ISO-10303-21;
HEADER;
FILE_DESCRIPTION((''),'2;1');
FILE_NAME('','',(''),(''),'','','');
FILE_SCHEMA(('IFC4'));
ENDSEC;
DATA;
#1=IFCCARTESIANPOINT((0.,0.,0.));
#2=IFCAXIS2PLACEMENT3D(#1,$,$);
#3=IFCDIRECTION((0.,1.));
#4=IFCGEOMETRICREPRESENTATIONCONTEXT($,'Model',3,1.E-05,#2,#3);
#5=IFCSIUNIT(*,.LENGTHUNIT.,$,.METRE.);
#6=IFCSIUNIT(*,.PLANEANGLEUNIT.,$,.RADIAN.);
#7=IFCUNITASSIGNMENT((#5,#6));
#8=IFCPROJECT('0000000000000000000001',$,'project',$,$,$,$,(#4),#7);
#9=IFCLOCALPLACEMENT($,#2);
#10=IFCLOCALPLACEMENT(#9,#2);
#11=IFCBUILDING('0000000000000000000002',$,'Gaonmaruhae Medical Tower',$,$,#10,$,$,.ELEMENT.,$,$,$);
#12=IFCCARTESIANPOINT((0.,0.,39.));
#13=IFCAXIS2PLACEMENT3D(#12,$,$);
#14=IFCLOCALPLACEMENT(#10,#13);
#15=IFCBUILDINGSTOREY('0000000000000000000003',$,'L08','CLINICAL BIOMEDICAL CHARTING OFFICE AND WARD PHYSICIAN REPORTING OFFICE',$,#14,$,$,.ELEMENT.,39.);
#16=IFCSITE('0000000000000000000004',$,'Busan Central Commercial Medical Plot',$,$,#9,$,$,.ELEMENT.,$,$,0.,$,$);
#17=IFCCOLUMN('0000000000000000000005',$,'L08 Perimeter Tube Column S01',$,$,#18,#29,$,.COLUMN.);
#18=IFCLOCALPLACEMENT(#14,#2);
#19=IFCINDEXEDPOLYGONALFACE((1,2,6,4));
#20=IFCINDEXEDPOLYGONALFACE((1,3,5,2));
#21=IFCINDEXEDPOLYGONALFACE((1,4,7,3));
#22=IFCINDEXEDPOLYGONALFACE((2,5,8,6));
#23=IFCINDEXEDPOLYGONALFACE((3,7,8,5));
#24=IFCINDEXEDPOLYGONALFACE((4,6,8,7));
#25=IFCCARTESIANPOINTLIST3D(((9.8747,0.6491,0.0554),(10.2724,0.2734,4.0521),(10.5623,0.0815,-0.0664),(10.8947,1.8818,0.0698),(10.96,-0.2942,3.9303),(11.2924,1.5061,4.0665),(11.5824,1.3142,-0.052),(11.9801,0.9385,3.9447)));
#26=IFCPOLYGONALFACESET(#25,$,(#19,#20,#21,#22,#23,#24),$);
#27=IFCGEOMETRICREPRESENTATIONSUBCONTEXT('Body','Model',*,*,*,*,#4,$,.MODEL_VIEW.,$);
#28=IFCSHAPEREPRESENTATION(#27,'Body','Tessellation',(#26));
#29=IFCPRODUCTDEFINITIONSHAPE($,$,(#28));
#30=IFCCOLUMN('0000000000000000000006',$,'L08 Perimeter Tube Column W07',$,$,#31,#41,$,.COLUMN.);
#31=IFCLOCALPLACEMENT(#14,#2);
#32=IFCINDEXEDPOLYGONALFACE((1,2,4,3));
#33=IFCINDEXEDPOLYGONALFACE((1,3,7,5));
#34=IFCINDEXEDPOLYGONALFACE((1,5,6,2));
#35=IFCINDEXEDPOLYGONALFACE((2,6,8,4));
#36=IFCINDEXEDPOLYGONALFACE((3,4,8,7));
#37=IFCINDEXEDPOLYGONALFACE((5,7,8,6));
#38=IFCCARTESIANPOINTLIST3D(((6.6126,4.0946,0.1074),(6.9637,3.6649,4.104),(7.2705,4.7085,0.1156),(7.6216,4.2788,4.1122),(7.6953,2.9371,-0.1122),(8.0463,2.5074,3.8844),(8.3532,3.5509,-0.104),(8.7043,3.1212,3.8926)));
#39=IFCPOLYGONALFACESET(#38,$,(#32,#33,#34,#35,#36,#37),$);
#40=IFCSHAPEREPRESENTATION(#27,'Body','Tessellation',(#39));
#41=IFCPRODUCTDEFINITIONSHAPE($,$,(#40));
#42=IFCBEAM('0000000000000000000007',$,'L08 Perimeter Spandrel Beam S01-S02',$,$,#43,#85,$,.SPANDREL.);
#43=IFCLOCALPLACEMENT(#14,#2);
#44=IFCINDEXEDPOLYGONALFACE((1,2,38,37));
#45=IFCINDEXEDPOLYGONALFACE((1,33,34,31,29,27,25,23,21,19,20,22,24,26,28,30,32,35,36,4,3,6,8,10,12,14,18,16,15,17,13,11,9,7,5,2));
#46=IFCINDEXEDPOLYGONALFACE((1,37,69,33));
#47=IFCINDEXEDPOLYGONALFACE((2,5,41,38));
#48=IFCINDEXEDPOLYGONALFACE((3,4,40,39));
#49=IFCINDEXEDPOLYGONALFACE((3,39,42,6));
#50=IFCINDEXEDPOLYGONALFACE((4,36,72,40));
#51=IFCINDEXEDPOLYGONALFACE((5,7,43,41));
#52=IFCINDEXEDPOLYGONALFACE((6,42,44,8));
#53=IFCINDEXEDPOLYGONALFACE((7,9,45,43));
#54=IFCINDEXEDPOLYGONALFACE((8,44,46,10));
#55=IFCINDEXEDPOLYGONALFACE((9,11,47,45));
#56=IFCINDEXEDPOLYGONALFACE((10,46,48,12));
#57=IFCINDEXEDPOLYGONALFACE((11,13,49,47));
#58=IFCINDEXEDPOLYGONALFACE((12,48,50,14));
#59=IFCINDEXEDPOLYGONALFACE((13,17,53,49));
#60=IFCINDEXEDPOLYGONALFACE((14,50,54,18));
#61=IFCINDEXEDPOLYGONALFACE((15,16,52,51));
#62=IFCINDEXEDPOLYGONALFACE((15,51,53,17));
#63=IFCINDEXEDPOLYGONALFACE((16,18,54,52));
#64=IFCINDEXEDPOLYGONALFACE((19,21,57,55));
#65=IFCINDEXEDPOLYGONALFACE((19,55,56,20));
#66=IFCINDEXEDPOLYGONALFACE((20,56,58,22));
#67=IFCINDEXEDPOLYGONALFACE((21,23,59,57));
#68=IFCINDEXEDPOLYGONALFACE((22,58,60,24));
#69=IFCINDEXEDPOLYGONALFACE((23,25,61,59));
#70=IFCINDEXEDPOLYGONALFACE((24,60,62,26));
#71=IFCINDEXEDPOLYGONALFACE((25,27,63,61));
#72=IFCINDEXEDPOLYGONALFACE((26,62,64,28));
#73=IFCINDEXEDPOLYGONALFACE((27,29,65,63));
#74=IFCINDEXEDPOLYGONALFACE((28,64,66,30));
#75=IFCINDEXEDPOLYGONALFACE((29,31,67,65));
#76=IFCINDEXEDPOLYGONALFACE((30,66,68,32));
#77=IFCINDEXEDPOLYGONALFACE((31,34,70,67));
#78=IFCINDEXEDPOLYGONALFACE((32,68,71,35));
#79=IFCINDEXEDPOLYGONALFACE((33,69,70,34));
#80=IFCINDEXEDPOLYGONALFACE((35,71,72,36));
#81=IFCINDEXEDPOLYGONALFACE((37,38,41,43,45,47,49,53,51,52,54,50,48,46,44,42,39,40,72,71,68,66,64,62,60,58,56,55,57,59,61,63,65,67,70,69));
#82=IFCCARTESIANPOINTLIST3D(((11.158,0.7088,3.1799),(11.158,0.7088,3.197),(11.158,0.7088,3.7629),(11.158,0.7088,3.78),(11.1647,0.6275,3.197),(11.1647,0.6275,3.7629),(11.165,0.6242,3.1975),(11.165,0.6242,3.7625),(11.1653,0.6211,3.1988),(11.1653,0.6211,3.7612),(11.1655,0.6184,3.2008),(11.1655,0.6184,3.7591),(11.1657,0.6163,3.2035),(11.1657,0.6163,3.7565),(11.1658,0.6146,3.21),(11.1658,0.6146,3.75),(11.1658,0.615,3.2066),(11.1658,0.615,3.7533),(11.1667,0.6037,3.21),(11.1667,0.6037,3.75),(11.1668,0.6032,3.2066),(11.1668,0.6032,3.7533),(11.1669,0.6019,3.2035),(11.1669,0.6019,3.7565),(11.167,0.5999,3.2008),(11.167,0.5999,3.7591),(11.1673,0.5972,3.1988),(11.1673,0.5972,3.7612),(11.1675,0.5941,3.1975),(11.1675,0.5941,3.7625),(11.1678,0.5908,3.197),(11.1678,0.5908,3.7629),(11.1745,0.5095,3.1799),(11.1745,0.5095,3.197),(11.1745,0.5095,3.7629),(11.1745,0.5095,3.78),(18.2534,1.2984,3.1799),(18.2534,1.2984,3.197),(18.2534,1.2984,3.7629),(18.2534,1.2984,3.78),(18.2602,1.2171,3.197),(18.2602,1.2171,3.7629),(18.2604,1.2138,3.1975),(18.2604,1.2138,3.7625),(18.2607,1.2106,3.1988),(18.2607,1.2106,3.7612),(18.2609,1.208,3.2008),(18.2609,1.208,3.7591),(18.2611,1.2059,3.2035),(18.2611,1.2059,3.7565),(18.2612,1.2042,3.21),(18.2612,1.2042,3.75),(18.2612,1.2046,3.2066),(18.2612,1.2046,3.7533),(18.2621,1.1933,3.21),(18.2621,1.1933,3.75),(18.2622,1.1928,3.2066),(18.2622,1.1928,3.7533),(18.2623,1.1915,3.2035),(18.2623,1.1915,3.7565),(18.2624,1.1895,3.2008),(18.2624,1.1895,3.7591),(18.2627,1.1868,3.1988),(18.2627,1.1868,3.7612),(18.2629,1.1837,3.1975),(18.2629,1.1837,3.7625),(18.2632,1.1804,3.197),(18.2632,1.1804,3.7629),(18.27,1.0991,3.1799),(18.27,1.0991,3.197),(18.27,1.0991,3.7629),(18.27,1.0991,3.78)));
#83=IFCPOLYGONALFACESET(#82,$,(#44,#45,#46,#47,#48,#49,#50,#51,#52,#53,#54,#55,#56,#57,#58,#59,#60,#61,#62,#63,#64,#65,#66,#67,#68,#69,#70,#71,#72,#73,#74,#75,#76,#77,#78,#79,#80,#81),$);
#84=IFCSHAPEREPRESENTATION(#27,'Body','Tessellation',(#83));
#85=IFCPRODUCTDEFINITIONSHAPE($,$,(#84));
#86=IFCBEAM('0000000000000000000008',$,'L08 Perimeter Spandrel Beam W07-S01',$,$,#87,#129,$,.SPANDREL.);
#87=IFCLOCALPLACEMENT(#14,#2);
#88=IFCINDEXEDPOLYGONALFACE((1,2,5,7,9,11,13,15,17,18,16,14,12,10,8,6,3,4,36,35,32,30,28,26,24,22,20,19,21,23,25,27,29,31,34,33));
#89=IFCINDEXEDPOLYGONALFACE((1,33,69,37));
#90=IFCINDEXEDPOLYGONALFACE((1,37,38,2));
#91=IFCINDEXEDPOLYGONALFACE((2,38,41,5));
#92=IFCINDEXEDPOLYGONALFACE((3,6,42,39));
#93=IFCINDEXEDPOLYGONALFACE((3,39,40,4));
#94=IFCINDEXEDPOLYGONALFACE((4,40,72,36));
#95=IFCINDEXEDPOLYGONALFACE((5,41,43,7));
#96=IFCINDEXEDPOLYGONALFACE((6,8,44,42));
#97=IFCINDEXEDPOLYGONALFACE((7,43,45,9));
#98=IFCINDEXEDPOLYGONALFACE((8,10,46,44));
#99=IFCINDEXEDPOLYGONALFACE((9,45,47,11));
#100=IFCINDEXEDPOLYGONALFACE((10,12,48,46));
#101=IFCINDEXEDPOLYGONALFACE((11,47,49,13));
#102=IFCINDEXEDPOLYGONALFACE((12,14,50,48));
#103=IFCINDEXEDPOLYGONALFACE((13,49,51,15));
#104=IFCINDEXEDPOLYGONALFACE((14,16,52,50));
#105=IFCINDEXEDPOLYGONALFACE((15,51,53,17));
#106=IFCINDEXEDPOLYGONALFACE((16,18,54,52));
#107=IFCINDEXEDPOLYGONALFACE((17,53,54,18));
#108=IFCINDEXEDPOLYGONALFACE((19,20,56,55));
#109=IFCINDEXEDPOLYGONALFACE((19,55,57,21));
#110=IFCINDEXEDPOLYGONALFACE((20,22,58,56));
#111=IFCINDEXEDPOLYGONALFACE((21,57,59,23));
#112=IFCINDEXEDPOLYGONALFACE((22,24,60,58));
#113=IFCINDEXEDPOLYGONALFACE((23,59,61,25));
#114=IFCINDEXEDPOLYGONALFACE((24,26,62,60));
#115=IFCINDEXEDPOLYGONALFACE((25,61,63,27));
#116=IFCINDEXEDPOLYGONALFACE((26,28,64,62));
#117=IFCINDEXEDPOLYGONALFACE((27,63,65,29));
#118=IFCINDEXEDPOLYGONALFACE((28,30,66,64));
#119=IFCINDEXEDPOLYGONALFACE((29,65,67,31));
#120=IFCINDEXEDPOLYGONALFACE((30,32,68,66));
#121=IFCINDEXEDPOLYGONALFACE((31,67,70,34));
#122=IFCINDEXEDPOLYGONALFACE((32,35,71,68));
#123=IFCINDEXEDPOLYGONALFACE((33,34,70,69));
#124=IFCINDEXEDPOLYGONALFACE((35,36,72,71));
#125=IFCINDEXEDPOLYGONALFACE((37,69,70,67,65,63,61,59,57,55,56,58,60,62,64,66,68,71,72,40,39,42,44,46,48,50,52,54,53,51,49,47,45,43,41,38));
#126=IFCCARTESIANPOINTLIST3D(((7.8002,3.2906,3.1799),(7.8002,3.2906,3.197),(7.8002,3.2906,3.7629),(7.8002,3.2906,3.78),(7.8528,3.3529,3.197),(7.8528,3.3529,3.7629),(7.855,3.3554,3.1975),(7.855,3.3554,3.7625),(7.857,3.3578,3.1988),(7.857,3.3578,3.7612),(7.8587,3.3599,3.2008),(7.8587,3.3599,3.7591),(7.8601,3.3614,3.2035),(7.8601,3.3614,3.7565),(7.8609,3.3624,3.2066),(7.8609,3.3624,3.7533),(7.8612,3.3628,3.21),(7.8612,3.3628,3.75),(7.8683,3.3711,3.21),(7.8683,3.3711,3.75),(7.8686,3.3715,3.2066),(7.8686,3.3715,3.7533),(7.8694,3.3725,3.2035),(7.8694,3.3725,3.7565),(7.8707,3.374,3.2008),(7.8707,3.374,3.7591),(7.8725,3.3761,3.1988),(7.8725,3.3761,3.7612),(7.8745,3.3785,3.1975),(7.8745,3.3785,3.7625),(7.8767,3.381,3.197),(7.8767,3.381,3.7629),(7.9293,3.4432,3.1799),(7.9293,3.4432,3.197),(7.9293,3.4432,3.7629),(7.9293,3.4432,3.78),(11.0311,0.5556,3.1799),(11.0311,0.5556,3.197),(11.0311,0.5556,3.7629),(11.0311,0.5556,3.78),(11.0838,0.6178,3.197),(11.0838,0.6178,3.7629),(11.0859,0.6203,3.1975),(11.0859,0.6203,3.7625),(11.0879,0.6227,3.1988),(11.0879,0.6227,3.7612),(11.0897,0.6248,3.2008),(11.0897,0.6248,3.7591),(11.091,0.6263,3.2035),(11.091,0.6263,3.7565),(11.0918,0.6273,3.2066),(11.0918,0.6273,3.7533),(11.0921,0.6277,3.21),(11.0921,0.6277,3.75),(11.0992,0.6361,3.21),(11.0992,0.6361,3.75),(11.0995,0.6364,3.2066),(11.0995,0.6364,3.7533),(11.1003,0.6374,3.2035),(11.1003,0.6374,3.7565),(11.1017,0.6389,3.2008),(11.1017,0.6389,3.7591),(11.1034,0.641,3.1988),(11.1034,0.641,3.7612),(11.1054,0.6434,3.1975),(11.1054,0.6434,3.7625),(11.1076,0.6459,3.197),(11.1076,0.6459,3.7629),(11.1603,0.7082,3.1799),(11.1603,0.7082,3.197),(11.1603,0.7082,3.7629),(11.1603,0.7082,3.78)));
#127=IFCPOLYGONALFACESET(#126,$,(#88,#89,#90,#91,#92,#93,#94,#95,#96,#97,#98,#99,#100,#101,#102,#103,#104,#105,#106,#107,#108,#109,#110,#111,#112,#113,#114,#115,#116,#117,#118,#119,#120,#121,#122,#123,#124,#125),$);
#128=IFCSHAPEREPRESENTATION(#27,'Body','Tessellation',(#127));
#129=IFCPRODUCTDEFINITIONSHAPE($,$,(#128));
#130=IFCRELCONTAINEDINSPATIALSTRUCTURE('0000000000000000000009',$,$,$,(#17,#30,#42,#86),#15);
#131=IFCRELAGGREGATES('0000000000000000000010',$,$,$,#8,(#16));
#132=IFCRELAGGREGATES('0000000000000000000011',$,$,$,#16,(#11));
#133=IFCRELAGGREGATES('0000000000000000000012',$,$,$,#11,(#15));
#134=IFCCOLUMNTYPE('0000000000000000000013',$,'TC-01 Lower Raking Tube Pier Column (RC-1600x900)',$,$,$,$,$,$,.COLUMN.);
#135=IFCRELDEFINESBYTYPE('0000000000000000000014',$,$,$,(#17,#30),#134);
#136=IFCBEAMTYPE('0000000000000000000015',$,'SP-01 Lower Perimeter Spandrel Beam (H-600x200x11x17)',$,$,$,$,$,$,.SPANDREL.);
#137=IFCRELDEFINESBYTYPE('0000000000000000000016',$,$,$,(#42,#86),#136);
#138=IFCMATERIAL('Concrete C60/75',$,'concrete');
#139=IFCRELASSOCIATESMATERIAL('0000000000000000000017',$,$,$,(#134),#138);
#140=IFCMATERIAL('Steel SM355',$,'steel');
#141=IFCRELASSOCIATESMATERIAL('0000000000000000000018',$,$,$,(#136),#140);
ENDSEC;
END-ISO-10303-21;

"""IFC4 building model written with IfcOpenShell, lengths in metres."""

from ifc_helpers import new_model, si_unit, direction, frame, origin, origin_2d, place, context, subcontext, project, spatial, rectangle, i_section, extrude, material, material_profile, profile_set, type_object, element, save


model = new_model("IFC4")

# Units and contexts
model_context = context("Model", 3, precision=1e-05, world=origin(), true_north=direction((0.0, 1.0)))
body_context = subcontext(model_context, "Body", "Model", "MODEL_VIEW")
ifc_project = project(units=[si_unit("LENGTHUNIT", "METRE"), si_unit("PLANEANGLEUNIT", "RADIAN")], contexts=[model_context])

# Site, building, storey
site_placement = place(None, origin())
site = spatial("IfcSite", under=ifc_project, at=site_placement, Name="Busan Central Commercial Medical Plot", CompositionType="ELEMENT", RefElevation=0.0)
building_placement = place(site_placement, origin())
building = spatial("IfcBuilding", under=site, at=building_placement, Name="Gaonmaruhae Medical Tower", CompositionType="ELEMENT")
storey_placement = place(building_placement, frame((0.0, 0.0, 39.0)))
storey = spatial("IfcBuildingStorey", under=building, at=storey_placement, Name="L08", Description="CLINICAL BIOMEDICAL CHARTING OFFICE AND WARD PHYSICIAN REPORTING OFFICE", CompositionType="ELEMENT", Elevation=39.0)

# Columns
ifc_material_1 = material(Name="Concrete C60/75", Category="concrete")
ifc_material_profile_1 = material_profile(ifc_material_1, rectangle(XDim=1.6001, YDim=0.8999, at=origin_2d()), Name="RC-1600x900")
ifc_profile_set_1 = profile_set([ifc_material_profile_1], Name="Concrete C60/75")
column_type = type_object("IfcColumnType", Name="TC-01 Lower Raking Tube Pier Column (RC-1600x900)", PredefinedType="COLUMN", material=ifc_profile_set_1)
column_1_placement = place(storey_placement, frame((10.7285, 0.9817, 0.0017), z_axis=(0.098592, -0.093145, 0.990759), x_axis=(0.637502, 0.770396, 0.008989)))
element("IfcColumn", 1, at=column_1_placement, inside=storey, type_object=column_type, Name="L08 Perimeter Tube Column S01", PredefinedType="COLUMN", context=body_context, shape_type="SweptSolid", body=[
    extrude(rectangle(XDim=1.6001, YDim=0.8999, at=origin_2d()), origin(), (0.0, 0.0, 1.0), 4.0339),
])
column_2_placement = place(storey_placement, frame((7.4829, 3.8228, 0.0017), z_axis=(0.087009, -0.106492, 0.990499), x_axis=(-0.676643, 0.723413, 0.137216)))
element("IfcColumn", 2, at=column_2_placement, inside=storey, type_object=column_type, Name="L08 Perimeter Tube Column W07", PredefinedType="COLUMN", context=body_context, shape_type="SweptSolid", body=[
    extrude(rectangle(XDim=1.6001, YDim=0.8999, at=origin_2d()), origin(), (0.0, 0.0, 1.0), 4.0349),
])

# Beams
ifc_material_2 = material(Name="Steel SM355", Category="steel")
ifc_material_profile_2 = material_profile(ifc_material_2, i_section(OverallWidth=0.2, OverallDepth=0.6001, WebThickness=0.011, FlangeThickness=0.0171, FilletRadius=0.0129, at=origin_2d()), Name="H-600x200x11x17")
ifc_profile_set_2 = profile_set([ifc_material_profile_2], Name="Steel SM355")
beam_type = type_object("IfcBeamType", Name="SP-01 Lower Perimeter Spandrel Beam (H-600x200x11x17)", PredefinedType="SPANDREL", material=ifc_profile_set_2)
beam_1_placement = place(storey_placement, frame((11.1663, 0.6091, 3.48), z_axis=(0.996565, 0.08281, 0.0), x_axis=(-0.08281, 0.996565, 0.0)))
element("IfcBeam", 3, at=beam_1_placement, inside=storey, type_object=beam_type, Name="L08 Perimeter Spandrel Beam S01-S02", PredefinedType="SPANDREL", context=body_context, shape_type="SweptSolid", body=[
    extrude(i_section(OverallWidth=0.2, OverallDepth=0.6001, WebThickness=0.011, FlangeThickness=0.0171, FilletRadius=0.0129, at=origin_2d()), origin(), (0.0, 0.0, 1.0), 7.1199),
])
beam_2_placement = place(storey_placement, frame((7.8647, 3.3669, 3.48), z_axis=(0.763244, -0.64611, 0.0), x_axis=(0.64611, 0.763244, 0.0)))
element("IfcBeam", 4, at=beam_2_placement, inside=storey, type_object=beam_type, Name="L08 Perimeter Spandrel Beam W07-S01", PredefinedType="SPANDREL", context=body_context, shape_type="SweptSolid", body=[
    extrude(i_section(OverallWidth=0.2, OverallDepth=0.6001, WebThickness=0.011, FlangeThickness=0.0171, FilletRadius=0.0129, at=origin_2d()), origin(), (0.0, 0.0, 1.0), 4.2332),
])

save(model, "model.ifc")
